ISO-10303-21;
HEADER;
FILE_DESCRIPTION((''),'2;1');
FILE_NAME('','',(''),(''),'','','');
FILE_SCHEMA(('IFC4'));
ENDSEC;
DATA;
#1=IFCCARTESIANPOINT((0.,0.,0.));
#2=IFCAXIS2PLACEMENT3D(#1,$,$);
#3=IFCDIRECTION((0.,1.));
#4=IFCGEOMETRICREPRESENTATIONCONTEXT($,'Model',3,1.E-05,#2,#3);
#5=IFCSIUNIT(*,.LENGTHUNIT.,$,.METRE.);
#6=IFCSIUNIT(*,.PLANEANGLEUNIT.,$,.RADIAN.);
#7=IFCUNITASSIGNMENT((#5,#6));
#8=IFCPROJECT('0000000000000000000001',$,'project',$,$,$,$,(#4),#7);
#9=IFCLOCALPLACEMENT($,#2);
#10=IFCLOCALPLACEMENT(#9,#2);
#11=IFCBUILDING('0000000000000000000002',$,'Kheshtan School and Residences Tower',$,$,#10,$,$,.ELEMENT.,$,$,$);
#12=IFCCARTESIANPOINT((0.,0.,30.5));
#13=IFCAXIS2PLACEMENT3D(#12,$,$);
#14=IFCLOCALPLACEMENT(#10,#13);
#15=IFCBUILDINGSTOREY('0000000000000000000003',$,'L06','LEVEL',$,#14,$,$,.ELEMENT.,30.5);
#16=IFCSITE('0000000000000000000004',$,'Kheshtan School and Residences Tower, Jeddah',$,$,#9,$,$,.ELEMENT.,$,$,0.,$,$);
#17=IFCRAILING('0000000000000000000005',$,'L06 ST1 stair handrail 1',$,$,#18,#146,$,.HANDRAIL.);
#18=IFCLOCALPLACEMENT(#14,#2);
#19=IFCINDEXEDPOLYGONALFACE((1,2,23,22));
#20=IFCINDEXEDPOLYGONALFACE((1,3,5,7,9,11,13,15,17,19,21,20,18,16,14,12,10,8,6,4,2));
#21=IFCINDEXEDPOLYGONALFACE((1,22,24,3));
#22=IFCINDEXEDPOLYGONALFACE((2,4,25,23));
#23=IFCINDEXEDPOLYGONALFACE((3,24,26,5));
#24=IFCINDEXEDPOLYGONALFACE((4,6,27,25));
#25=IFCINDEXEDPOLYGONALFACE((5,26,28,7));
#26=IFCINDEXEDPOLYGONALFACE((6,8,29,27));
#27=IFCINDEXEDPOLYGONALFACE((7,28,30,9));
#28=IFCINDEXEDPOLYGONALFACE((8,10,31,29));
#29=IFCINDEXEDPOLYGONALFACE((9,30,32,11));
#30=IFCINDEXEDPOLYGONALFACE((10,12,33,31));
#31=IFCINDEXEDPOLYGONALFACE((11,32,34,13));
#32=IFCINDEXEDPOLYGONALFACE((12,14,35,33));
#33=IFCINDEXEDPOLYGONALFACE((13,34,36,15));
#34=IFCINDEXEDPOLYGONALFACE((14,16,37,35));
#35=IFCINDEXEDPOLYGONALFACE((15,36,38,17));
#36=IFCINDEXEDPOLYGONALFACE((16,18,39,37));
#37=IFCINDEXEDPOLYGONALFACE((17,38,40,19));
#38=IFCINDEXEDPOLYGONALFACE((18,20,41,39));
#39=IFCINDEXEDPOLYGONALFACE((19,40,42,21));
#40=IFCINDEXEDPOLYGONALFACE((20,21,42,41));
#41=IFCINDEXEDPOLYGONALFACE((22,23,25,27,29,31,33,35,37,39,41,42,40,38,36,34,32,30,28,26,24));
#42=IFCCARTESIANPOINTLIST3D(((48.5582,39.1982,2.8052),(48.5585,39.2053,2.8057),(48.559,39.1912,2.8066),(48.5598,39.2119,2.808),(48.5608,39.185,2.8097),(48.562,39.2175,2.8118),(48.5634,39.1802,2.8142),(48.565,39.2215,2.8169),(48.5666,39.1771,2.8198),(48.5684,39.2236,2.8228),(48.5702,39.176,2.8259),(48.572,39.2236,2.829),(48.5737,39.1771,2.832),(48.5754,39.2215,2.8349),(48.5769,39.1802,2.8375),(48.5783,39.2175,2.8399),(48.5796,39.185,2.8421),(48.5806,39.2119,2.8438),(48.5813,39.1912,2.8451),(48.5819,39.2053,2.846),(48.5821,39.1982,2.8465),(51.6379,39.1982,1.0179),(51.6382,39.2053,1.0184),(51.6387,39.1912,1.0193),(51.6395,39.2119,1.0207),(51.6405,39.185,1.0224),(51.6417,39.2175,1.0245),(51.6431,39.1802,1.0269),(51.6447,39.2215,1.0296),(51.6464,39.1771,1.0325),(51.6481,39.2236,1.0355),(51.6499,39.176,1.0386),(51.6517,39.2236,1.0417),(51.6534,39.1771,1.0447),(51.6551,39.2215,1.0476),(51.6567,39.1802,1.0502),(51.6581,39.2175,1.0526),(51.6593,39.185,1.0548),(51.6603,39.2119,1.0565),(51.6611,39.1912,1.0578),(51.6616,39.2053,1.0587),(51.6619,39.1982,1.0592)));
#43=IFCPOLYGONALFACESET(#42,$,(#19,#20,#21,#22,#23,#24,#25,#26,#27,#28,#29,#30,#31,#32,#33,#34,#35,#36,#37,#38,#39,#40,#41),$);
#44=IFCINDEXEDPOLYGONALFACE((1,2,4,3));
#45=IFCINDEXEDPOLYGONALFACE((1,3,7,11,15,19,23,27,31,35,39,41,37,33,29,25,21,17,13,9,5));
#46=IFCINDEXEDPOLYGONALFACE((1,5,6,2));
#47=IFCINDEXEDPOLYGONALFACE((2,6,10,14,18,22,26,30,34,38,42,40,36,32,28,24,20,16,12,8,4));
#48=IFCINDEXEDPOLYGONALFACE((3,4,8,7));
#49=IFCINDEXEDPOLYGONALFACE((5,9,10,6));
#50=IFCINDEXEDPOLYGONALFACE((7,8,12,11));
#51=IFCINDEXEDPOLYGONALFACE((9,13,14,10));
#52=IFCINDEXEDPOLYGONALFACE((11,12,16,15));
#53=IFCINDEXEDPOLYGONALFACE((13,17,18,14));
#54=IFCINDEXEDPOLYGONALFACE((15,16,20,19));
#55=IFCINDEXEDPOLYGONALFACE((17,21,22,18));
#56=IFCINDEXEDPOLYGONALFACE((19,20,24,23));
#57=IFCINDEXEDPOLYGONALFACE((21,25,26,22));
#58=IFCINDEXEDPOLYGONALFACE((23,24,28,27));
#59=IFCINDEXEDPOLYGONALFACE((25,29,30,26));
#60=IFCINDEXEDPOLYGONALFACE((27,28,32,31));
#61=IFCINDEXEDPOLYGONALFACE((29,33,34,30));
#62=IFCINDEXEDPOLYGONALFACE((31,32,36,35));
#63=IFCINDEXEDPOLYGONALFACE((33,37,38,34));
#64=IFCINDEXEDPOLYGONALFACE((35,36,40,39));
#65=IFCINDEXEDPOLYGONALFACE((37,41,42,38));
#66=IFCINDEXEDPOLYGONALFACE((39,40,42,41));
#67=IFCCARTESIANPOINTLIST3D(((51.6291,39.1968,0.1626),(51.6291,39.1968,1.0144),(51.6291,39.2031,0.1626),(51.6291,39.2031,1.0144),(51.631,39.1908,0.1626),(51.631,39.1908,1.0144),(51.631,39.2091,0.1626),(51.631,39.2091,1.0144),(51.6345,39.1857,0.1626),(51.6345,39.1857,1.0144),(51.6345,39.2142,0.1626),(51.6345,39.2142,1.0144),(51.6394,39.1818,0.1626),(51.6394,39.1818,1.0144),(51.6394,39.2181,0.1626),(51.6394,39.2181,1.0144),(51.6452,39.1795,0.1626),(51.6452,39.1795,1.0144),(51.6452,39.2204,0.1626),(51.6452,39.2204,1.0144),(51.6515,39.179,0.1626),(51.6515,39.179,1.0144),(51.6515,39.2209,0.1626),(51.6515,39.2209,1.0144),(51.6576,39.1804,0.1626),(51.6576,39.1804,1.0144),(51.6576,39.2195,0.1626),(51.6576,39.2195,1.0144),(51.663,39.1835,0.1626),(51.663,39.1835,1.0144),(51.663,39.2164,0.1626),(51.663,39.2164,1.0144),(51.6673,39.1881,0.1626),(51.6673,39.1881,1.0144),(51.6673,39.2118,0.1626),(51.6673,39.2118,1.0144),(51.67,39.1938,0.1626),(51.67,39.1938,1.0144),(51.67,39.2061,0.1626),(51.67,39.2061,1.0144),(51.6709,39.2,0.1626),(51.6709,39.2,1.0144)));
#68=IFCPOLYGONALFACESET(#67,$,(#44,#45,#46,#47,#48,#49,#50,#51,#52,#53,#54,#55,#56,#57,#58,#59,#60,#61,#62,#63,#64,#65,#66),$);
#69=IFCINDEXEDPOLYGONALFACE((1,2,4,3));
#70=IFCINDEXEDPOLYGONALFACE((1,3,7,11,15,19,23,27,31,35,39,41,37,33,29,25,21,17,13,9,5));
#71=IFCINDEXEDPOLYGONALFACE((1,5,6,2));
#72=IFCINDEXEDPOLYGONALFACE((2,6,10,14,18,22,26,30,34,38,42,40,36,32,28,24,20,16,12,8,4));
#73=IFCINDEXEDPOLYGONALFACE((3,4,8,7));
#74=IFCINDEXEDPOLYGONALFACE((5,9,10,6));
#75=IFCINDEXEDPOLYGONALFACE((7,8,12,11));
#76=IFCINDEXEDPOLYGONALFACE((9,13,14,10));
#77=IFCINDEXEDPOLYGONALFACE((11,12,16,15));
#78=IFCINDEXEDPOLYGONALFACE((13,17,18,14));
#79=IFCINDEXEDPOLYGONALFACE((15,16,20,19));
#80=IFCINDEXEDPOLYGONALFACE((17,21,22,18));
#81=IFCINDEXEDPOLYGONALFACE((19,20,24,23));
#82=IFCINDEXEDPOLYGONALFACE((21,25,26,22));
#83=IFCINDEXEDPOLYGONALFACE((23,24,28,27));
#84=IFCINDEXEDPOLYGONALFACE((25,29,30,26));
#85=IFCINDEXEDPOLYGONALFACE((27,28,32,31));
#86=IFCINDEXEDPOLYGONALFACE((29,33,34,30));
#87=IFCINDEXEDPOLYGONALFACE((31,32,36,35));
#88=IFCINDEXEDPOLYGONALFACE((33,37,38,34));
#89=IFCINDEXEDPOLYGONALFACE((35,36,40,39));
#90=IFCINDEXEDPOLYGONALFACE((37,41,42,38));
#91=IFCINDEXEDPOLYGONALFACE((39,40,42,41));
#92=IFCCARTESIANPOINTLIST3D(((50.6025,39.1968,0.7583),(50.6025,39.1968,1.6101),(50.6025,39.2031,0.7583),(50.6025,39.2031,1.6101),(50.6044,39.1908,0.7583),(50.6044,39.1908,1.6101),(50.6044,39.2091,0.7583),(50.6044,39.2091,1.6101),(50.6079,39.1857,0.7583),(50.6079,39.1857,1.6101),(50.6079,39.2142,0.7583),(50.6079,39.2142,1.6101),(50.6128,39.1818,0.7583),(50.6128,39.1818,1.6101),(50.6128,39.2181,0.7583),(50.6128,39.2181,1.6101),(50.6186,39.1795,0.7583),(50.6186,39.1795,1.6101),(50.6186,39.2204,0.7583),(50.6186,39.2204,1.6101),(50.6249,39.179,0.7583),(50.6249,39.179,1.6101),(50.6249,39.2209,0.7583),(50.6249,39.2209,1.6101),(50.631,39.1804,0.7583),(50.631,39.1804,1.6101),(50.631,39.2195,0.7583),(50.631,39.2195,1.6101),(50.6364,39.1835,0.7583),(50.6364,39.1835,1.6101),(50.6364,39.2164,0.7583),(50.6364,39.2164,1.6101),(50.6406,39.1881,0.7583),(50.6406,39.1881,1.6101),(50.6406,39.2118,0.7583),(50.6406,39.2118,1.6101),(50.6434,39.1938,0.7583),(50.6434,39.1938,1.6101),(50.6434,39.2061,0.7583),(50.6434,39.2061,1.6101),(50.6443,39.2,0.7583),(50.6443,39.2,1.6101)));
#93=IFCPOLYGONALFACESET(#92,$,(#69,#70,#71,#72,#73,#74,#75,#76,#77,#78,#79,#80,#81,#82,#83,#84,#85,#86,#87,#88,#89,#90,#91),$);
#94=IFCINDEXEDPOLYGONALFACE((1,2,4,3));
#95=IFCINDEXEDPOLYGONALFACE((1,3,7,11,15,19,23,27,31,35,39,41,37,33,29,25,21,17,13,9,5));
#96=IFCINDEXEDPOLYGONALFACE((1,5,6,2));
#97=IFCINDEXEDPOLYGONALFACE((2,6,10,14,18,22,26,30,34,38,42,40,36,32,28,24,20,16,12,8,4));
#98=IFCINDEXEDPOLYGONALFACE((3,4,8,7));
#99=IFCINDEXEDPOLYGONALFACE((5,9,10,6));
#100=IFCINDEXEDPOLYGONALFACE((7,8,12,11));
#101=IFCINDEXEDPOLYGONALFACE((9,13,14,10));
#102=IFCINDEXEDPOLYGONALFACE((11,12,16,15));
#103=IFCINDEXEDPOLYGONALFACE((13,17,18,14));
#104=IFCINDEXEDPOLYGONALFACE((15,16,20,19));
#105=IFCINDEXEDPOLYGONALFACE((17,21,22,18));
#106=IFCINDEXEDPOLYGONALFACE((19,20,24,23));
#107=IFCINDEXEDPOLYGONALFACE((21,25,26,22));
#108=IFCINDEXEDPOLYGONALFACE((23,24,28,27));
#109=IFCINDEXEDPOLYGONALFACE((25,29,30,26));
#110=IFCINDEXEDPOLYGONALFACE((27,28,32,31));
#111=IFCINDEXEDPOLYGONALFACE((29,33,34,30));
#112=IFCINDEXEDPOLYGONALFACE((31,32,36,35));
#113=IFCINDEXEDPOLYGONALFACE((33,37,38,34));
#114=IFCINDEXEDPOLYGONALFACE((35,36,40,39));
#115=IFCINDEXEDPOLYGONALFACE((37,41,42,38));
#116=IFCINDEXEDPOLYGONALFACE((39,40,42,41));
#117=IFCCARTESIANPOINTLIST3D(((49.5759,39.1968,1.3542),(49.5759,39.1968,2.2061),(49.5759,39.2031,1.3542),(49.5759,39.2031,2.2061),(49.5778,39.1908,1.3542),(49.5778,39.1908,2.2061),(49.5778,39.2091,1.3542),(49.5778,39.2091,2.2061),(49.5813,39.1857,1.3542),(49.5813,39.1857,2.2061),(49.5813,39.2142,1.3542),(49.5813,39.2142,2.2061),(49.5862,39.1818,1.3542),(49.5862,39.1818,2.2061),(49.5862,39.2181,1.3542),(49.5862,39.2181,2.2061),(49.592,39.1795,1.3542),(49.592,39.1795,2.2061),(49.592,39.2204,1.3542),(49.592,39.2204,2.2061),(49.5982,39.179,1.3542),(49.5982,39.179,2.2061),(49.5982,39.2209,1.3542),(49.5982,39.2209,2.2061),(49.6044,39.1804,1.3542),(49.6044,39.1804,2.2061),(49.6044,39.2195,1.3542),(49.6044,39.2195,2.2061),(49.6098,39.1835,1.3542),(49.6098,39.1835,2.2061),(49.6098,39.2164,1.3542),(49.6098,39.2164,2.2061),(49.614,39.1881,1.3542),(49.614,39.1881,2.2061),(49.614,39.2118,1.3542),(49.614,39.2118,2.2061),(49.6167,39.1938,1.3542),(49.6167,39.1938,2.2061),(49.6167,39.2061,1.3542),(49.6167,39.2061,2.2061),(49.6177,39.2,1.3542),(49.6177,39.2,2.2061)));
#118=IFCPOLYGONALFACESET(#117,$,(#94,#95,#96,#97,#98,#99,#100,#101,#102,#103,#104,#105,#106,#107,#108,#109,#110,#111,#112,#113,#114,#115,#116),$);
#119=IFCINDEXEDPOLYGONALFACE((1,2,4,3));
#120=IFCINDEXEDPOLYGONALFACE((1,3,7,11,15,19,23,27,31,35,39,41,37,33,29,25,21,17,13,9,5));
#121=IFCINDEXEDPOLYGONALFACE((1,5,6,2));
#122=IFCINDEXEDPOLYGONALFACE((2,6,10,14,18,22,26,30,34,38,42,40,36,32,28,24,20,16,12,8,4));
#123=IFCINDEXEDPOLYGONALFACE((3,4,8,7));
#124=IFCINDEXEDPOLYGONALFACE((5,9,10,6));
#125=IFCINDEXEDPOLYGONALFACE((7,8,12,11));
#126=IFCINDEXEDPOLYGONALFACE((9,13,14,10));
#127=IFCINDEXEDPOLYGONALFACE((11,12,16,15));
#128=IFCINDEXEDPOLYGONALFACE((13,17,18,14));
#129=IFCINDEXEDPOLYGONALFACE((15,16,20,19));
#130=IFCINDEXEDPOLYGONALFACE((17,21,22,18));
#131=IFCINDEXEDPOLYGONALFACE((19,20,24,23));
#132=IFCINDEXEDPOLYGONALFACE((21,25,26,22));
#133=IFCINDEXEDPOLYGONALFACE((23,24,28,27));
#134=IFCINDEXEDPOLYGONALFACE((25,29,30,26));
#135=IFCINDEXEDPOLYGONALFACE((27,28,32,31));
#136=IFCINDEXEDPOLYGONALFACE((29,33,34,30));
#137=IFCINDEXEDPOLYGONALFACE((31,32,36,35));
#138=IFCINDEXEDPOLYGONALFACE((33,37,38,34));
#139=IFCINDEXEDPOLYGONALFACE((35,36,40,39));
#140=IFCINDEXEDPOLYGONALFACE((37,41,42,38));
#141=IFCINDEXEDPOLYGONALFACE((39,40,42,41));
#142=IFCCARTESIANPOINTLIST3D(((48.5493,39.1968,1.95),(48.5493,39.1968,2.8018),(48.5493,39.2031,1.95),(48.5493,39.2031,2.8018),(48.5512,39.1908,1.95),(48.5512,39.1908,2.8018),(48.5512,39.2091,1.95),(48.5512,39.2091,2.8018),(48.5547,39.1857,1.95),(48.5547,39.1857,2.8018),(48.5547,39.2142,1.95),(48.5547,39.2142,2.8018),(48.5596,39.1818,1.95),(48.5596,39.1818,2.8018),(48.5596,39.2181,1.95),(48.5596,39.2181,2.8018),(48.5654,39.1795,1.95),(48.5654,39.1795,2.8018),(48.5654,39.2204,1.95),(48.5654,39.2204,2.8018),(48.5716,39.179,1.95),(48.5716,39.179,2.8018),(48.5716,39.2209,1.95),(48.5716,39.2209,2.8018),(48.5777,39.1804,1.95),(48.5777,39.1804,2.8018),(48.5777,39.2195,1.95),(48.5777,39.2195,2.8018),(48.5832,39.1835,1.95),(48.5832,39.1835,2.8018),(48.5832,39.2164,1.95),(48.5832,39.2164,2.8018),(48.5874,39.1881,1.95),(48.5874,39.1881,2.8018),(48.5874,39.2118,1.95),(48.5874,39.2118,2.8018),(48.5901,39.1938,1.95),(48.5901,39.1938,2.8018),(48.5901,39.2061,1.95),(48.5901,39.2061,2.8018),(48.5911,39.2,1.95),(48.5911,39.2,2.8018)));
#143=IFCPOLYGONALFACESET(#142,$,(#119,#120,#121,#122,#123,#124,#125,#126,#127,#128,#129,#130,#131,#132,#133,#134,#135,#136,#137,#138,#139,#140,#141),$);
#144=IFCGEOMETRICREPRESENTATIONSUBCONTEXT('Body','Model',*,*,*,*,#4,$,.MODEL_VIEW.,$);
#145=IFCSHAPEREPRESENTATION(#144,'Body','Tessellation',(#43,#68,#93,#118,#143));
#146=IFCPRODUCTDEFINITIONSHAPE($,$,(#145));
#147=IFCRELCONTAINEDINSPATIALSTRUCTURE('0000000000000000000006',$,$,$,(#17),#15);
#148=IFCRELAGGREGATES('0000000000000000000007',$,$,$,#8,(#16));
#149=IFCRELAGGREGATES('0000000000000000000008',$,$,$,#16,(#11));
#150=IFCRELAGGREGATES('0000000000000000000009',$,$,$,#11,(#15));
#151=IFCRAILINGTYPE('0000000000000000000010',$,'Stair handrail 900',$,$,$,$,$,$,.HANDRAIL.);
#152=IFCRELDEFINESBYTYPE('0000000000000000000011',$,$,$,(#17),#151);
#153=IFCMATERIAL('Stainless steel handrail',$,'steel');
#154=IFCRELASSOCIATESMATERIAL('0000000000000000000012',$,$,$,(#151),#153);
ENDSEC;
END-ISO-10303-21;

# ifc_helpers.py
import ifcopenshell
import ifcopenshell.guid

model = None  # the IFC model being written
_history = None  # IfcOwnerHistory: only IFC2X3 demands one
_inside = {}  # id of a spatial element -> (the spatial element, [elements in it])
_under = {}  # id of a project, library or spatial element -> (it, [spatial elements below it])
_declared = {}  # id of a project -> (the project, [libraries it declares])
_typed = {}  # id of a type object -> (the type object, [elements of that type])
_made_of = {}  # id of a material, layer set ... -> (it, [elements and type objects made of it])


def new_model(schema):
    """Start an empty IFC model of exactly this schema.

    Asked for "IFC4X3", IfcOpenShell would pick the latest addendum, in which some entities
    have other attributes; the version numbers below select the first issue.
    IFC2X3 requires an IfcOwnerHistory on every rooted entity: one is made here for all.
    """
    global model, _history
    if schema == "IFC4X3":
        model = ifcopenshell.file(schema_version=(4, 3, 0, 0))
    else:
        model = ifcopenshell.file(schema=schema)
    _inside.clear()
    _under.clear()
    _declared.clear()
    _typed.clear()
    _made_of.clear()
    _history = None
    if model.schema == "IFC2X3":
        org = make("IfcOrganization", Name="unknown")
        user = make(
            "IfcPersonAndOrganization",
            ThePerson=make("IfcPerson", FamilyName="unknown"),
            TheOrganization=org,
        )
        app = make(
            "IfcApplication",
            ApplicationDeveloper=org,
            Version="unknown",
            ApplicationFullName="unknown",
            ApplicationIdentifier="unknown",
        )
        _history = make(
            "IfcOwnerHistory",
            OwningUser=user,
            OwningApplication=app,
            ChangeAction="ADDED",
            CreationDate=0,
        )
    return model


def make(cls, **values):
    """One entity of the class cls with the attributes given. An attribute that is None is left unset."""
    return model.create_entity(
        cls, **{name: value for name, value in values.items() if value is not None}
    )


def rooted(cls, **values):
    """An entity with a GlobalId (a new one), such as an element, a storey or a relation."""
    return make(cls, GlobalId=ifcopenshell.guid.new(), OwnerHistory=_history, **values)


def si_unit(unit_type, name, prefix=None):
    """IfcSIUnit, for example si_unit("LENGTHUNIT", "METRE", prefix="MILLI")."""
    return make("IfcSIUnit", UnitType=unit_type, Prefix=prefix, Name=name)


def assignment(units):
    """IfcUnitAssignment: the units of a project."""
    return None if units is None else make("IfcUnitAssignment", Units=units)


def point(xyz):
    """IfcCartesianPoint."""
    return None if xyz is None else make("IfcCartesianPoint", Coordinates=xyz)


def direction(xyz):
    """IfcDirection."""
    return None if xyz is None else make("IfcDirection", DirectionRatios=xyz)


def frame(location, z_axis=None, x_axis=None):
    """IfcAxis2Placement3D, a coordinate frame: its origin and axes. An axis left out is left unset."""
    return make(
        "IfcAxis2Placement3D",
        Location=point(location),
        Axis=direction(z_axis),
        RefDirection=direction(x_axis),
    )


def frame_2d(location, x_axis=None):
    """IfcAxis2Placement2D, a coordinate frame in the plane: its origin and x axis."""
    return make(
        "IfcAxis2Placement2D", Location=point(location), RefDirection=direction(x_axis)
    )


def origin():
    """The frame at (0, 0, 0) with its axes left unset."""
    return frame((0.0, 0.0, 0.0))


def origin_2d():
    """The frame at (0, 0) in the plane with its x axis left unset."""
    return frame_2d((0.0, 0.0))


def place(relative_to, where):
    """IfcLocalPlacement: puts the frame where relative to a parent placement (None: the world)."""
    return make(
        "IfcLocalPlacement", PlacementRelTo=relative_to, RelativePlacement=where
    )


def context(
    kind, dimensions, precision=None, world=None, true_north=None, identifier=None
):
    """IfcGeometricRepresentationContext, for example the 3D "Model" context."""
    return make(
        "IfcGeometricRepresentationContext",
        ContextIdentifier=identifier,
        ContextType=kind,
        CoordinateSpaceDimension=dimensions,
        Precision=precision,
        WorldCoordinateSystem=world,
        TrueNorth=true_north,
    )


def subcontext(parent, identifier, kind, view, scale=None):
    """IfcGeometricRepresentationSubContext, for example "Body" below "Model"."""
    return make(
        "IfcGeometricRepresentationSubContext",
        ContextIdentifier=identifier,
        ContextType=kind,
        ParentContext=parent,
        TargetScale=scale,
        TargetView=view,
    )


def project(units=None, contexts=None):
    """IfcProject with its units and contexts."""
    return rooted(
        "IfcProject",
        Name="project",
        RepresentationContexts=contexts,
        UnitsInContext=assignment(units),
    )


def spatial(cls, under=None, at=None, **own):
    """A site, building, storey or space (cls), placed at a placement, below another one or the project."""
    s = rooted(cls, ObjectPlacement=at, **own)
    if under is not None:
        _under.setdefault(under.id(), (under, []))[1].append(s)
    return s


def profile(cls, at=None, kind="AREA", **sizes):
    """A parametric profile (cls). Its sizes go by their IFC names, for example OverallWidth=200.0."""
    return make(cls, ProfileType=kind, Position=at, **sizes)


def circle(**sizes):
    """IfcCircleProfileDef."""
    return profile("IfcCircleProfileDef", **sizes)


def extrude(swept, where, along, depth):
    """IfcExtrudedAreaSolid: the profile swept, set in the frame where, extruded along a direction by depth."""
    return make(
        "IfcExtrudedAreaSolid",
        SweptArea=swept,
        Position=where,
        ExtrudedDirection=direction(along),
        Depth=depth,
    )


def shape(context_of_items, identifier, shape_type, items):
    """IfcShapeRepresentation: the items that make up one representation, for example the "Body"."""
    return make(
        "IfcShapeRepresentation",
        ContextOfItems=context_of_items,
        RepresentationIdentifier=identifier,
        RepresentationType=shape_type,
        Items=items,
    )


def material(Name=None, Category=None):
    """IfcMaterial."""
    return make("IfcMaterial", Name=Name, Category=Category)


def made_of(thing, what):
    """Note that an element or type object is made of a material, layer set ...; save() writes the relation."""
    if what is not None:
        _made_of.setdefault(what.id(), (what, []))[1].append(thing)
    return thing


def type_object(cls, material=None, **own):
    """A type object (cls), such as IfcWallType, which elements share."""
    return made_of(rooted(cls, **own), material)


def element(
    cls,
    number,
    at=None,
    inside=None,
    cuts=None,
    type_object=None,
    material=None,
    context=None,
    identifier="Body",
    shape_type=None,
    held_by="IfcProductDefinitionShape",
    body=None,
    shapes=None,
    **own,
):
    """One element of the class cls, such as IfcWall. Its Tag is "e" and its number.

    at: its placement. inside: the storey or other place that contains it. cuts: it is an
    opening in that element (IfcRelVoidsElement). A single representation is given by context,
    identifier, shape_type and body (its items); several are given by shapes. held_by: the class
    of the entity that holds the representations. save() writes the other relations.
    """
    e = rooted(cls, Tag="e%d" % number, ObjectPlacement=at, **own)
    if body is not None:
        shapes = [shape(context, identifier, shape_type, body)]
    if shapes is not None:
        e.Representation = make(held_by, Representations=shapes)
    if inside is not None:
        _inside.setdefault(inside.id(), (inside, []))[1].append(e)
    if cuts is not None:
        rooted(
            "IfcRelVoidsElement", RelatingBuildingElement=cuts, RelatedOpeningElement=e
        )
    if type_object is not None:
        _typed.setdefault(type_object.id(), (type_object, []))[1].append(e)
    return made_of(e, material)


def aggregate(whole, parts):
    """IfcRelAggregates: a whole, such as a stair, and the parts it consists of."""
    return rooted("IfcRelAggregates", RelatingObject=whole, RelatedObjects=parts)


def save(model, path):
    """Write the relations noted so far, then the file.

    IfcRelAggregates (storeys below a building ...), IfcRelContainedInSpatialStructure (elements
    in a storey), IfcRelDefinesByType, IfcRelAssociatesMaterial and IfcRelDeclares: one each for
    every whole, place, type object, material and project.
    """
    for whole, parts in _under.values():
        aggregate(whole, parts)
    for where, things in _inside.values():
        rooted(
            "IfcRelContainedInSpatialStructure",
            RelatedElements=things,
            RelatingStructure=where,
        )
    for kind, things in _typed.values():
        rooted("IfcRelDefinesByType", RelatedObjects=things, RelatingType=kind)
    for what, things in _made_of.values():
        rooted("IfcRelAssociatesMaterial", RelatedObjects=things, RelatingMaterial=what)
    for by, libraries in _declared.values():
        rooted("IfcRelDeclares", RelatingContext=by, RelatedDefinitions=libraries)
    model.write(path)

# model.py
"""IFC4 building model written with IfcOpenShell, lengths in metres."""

from ifc_helpers import new_model, si_unit, direction, frame, origin, origin_2d, place, context, subcontext, project, spatial, circle, extrude, material, type_object, element, save


model = new_model("IFC4")

# Units and contexts
model_context = context("Model", 3, precision=1e-05, world=origin(), true_north=direction((0.0, 1.0)))
body_context = subcontext(model_context, "Body", "Model", "MODEL_VIEW")
ifc_project = project(units=[si_unit("LENGTHUNIT", "METRE"), si_unit("PLANEANGLEUNIT", "RADIAN")], contexts=[model_context])

# Site, building, storey
site_placement = place(None, origin())
site = spatial("IfcSite", under=ifc_project, at=site_placement, Name="Kheshtan School and Residences Tower, Jeddah", CompositionType="ELEMENT", RefElevation=0.0)
building_placement = place(site_placement, origin())
building = spatial("IfcBuilding", under=site, at=building_placement, Name="Kheshtan School and Residences Tower", CompositionType="ELEMENT")
storey_placement = place(building_placement, frame((0.0, 0.0, 30.5)))
storey = spatial("IfcBuildingStorey", under=building, at=storey_placement, Name="L06", Description="LEVEL", CompositionType="ELEMENT", Elevation=30.5)

# Railing
ifc_material_1 = material(Name="Stainless steel handrail", Category="steel")
railing_type_1 = type_object("IfcRailingType", Name="Stair handrail 900", PredefinedType="HANDRAIL", material=ifc_material_1)
railing_1_placement = place(storey_placement, frame((51.6499, 39.2, 0.1626)))
element("IfcRailing", 1, at=railing_1_placement, inside=storey, type_object=railing_type_1, Name="L06 ST1 stair handrail 1", PredefinedType="HANDRAIL", context=body_context, shape_type="SweptSolid", body=[
    extrude(circle(Radius=0.0239, at=origin_2d()), frame((0.0, 0.0, 0.876), z_axis=(-0.864903, 0.0, 0.501939), x_axis=(0.0, -1.0, 0.0)), (0.0, 0.0, 1.0), 3.5608),
    extrude(circle(Radius=0.021, at=origin_2d()), origin(), (0.0, 0.0, 1.0), 0.8518),
    extrude(circle(Radius=0.021, at=origin_2d()), frame((-1.0266, 0.0, 0.5957)), (0.0, 0.0, 1.0), 0.8518),
    extrude(circle(Radius=0.021, at=origin_2d()), frame((-2.0532, 0.0, 1.1917)), (0.0, 0.0, 1.0), 0.8518),
    extrude(circle(Radius=0.021, at=origin_2d()), frame((-3.0798, 0.0, 1.7874)), (0.0, 0.0, 1.0), 0.8518),
])

save(model, "model.ifc")
